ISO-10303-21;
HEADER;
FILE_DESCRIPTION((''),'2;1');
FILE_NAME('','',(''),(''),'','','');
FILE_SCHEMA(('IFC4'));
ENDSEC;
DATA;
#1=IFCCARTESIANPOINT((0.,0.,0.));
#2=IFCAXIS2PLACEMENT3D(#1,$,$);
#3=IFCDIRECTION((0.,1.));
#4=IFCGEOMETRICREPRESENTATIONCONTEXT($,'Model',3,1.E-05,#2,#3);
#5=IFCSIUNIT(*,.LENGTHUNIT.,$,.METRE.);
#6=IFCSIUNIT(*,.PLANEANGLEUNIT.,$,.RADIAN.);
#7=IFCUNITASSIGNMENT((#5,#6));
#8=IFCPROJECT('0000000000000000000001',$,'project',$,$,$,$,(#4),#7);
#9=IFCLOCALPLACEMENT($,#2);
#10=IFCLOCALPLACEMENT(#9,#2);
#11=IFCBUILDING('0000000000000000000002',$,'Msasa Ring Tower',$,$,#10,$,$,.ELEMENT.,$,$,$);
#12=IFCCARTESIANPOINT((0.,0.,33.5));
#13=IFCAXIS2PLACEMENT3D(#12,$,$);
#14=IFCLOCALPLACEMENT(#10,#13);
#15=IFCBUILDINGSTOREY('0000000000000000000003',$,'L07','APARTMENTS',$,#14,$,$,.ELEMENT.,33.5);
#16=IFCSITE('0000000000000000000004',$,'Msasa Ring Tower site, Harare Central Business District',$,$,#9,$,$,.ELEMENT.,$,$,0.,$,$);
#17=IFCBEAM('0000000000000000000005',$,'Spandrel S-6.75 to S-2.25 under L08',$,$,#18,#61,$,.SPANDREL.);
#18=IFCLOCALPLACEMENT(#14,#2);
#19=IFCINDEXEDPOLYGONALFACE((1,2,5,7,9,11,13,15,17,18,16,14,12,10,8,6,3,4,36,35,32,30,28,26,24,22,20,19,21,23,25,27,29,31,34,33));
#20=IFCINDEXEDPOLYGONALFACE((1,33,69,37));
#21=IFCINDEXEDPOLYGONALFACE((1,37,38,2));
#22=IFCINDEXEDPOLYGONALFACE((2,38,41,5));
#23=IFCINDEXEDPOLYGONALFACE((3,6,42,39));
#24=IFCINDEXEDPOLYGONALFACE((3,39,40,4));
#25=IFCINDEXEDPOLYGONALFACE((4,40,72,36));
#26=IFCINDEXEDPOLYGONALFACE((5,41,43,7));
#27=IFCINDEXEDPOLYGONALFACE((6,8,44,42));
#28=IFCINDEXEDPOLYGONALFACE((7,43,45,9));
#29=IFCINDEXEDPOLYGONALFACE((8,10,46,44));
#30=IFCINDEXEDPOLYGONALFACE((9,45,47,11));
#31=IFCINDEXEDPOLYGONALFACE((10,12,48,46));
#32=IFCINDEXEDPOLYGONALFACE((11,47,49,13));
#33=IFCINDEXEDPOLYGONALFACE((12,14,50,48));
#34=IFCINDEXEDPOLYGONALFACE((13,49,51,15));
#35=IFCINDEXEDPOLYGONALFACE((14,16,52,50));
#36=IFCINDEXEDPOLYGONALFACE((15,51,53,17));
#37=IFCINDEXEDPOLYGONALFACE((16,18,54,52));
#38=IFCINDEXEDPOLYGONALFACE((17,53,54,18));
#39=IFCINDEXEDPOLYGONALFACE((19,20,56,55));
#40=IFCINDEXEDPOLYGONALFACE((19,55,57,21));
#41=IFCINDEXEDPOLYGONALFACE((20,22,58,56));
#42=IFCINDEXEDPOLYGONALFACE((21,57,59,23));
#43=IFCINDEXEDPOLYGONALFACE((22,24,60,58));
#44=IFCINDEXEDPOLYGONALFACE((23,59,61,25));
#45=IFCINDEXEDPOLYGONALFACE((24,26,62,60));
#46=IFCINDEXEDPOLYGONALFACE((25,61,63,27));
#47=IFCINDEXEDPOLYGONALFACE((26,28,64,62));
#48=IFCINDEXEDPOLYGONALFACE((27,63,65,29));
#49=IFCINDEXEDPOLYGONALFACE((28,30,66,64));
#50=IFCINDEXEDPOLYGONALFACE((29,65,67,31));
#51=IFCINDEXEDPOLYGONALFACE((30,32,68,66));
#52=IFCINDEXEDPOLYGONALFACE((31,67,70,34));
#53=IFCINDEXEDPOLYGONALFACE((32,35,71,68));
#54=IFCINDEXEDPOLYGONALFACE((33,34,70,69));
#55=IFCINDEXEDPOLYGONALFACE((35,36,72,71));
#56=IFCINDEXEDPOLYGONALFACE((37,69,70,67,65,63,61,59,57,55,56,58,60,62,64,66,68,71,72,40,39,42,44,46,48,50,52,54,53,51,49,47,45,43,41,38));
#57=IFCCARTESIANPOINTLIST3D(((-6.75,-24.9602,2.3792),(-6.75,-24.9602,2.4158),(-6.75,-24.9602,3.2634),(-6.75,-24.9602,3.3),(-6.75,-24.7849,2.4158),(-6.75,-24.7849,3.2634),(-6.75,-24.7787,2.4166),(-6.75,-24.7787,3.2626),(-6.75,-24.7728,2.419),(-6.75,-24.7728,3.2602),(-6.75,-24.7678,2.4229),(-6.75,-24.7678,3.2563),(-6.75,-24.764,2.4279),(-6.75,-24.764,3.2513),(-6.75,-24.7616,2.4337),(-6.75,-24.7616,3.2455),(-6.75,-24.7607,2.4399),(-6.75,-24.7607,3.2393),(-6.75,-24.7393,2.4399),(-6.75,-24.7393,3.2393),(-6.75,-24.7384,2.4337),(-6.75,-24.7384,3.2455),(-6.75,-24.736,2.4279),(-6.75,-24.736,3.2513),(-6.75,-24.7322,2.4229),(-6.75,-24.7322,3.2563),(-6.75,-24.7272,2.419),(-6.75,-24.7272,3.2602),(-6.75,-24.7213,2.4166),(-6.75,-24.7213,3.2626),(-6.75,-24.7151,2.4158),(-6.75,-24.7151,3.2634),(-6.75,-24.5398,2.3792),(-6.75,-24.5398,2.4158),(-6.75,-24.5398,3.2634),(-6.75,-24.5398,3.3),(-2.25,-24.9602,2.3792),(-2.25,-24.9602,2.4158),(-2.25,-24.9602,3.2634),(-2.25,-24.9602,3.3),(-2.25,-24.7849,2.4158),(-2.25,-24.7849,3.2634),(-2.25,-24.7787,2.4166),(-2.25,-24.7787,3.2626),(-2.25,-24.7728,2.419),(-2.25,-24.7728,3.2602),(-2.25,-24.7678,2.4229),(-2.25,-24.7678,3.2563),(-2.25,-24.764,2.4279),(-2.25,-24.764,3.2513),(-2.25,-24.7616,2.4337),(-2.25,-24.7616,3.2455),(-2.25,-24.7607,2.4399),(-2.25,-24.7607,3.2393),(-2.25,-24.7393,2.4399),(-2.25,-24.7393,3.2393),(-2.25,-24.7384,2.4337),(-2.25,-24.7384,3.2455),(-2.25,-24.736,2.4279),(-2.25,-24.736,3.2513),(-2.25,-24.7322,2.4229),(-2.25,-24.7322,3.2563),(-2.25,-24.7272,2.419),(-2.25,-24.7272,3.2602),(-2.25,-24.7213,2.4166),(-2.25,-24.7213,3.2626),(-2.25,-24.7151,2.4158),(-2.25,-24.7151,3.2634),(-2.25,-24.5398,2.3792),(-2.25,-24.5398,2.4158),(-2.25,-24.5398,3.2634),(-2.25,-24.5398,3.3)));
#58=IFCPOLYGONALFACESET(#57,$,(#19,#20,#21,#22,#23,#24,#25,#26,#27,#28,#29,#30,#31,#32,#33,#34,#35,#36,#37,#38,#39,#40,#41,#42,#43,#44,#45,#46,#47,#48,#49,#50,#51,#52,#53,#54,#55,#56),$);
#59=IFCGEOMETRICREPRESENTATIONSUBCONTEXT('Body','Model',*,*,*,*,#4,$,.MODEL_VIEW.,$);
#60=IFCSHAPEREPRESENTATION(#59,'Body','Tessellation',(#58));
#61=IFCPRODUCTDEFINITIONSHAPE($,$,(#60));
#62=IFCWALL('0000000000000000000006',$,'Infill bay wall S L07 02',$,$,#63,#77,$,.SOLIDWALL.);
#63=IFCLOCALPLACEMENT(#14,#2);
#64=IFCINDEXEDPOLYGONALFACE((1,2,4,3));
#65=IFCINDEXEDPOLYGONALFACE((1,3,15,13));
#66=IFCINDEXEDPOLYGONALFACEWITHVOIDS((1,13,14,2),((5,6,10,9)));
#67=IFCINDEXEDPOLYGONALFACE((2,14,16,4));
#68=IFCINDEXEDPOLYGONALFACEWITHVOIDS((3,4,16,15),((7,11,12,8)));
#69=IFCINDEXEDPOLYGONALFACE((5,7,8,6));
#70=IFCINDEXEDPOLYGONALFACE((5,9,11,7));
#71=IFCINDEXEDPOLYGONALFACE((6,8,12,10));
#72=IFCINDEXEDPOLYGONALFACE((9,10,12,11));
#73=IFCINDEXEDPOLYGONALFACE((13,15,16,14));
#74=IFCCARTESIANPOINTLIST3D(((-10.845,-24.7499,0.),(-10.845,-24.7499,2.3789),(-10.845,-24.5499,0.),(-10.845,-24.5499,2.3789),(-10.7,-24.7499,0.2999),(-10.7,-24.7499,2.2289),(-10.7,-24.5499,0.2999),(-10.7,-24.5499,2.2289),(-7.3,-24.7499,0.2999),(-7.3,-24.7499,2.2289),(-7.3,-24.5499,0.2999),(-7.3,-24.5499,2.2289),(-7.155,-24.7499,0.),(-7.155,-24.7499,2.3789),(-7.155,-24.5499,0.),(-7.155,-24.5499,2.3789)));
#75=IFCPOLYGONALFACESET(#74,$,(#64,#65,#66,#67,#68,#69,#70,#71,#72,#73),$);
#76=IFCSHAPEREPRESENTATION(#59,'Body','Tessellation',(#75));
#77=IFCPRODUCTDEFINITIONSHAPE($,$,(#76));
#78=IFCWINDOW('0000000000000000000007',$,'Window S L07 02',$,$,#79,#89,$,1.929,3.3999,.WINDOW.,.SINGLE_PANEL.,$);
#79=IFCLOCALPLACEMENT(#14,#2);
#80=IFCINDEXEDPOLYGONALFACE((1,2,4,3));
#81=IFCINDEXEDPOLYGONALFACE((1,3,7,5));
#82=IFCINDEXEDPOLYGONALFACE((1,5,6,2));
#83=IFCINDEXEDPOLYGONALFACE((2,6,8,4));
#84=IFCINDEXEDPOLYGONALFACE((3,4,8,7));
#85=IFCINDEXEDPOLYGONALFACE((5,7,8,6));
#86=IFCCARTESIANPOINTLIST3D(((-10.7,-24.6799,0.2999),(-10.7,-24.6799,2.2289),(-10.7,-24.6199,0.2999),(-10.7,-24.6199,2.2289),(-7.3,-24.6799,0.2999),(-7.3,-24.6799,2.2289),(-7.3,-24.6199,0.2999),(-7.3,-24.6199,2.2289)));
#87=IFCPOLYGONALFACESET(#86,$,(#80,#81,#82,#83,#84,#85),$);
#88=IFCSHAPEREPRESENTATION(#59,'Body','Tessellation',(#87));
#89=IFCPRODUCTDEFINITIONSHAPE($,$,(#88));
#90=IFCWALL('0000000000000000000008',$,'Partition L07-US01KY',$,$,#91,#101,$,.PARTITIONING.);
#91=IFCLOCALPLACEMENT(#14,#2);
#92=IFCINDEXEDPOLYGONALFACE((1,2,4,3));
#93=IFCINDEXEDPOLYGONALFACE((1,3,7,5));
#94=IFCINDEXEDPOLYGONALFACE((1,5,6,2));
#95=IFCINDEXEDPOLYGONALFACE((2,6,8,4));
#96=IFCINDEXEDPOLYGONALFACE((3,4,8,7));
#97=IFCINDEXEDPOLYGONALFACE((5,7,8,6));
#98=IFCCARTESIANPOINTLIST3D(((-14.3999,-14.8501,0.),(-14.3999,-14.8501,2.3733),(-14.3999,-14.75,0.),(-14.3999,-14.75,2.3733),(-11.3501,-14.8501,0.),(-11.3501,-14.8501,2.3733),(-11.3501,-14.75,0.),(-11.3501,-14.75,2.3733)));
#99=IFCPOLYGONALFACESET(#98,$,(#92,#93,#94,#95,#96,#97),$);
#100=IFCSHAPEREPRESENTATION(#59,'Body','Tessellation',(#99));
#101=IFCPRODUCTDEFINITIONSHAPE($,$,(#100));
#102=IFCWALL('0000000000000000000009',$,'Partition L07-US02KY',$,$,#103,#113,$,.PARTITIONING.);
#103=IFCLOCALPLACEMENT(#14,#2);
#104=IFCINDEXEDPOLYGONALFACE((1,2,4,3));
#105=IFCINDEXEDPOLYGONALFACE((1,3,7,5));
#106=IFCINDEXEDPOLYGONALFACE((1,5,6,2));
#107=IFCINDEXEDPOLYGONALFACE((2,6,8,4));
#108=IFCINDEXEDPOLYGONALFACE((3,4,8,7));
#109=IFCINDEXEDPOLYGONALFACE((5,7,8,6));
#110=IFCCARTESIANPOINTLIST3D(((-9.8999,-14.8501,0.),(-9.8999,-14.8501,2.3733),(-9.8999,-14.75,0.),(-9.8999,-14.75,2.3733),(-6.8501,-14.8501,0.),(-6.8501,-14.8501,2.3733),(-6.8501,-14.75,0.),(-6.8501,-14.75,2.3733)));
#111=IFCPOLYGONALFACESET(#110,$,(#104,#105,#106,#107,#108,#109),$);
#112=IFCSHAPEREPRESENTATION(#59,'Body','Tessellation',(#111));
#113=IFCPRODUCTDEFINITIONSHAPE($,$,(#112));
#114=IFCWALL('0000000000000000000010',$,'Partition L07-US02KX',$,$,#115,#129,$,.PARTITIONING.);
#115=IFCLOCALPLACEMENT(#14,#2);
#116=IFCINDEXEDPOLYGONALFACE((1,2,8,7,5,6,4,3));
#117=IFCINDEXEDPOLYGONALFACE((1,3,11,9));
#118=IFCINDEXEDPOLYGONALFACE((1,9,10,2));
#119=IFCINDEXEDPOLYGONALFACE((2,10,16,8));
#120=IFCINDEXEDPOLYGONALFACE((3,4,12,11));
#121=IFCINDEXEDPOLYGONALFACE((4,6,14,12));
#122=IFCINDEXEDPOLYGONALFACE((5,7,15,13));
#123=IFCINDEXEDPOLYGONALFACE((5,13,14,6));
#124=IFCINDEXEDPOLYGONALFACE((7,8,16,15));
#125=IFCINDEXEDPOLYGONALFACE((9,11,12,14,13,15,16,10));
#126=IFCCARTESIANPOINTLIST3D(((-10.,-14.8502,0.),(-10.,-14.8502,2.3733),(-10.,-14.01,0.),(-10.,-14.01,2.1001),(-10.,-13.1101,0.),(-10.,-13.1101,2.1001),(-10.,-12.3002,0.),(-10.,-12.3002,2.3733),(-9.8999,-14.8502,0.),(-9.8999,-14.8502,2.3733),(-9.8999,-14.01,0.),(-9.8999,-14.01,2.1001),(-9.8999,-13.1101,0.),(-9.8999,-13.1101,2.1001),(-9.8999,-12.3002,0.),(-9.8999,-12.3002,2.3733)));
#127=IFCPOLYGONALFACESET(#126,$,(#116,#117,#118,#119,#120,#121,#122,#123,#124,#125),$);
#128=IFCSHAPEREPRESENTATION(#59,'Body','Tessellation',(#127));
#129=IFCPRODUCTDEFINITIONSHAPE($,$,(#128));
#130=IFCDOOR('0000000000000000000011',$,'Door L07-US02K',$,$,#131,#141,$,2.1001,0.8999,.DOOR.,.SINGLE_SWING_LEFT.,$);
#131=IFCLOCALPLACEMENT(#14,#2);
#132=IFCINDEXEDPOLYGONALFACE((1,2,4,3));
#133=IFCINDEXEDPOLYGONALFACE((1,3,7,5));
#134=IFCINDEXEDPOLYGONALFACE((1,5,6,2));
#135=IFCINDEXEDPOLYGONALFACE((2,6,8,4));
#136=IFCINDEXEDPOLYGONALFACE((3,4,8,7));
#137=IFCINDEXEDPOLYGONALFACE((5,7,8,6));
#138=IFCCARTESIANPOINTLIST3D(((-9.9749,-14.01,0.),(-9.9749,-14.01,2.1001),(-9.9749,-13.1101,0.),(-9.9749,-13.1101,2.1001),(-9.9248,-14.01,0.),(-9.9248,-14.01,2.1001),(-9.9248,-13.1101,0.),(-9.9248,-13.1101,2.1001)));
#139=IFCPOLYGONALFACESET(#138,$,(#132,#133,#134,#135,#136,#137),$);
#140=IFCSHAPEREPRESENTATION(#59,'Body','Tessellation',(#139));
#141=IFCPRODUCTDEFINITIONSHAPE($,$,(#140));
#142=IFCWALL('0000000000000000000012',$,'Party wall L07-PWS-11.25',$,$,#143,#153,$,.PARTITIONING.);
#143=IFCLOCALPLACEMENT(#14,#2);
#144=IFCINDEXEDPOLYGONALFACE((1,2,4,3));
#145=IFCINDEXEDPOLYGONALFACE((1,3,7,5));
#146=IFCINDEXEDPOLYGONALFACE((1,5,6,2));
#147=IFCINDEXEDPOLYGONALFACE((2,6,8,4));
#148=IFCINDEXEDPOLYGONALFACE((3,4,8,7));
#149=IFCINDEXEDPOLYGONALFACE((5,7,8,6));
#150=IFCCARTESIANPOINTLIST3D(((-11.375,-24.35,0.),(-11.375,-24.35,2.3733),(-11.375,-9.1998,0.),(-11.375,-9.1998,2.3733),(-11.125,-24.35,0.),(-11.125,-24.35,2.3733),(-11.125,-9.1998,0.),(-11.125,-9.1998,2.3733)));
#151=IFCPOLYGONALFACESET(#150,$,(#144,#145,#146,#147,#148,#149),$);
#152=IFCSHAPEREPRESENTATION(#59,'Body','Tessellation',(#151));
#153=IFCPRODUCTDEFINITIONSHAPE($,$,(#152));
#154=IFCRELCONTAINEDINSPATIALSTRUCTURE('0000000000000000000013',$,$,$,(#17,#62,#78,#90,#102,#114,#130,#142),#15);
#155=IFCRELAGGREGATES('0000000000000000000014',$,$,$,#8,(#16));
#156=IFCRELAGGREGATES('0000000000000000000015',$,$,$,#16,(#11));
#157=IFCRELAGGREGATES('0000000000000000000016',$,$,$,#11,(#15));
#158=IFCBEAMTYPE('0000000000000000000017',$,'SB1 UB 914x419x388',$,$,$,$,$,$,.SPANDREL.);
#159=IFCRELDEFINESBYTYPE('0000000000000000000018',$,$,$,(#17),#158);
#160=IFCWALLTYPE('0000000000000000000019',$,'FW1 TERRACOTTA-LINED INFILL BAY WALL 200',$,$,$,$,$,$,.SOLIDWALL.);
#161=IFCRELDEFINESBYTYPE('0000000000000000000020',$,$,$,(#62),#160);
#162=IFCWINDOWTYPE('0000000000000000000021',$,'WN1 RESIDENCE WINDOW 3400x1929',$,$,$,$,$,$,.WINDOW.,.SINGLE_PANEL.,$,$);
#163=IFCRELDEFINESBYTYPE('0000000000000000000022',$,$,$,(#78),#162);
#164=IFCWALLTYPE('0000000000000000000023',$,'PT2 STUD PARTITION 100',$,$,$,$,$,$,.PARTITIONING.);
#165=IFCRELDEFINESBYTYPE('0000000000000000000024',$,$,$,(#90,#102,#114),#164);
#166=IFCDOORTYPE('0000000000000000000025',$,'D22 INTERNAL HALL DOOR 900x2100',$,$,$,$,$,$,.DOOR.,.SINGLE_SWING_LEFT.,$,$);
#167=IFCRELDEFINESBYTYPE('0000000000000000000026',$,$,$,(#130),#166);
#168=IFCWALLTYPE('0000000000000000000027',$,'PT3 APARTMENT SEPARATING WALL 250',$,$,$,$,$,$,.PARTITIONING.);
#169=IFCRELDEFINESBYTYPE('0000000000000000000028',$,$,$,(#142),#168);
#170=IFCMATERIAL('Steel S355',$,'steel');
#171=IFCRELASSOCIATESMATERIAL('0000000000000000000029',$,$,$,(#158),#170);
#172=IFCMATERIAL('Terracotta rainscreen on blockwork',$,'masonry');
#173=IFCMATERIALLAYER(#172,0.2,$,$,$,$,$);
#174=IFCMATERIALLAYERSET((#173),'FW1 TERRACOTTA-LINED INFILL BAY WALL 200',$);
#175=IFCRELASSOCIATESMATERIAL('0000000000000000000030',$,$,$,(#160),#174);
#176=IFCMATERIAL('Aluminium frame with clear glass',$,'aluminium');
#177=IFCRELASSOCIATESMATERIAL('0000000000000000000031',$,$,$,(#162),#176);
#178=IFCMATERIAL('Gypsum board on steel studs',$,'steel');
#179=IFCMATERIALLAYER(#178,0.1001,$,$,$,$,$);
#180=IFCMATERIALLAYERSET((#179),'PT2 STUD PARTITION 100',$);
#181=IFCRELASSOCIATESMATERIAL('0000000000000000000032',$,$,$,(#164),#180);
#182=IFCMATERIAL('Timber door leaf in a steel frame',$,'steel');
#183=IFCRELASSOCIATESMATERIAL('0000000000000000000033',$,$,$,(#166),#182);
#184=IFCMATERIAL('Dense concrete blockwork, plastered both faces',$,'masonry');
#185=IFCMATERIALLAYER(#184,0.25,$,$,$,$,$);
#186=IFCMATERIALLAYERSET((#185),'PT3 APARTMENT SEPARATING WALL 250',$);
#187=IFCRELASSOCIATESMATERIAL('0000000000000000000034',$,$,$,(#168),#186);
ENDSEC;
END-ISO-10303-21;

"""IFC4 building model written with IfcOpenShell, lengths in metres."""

from ifc_helpers import new_model, si_unit, direction, frame, frame_2d, origin, origin_2d, place, context, subcontext, project, spatial, rectangle, i_section, extrude, material, layer, layer_set, material_profile, profile_set, type_object, element, fill, save


model = new_model("IFC4")

# Units and contexts
model_context = context("Model", 3, precision=1e-05, world=origin(), true_north=direction((0.0, 1.0)))
body_context = subcontext(model_context, "Body", "Model", "MODEL_VIEW")
ifc_project = project(units=[si_unit("LENGTHUNIT", "METRE"), si_unit("PLANEANGLEUNIT", "RADIAN")], contexts=[model_context])

# Site, building, storey
site_placement = place(None, origin())
site = spatial("IfcSite", under=ifc_project, at=site_placement, Name="Msasa Ring Tower site, Harare Central Business District", CompositionType="ELEMENT", RefElevation=0.0)
building_placement = place(site_placement, origin())
building = spatial("IfcBuilding", under=site, at=building_placement, Name="Msasa Ring Tower", CompositionType="ELEMENT")
storey_placement = place(building_placement, frame((0.0, 0.0, 33.5)))
storey = spatial("IfcBuildingStorey", under=building, at=storey_placement, Name="L07", Description="APARTMENTS", CompositionType="ELEMENT", Elevation=33.5)

# Beam
ifc_material_1 = material(Name="Steel S355", Category="steel")
ifc_material_profile_1 = material_profile(ifc_material_1, i_section(OverallWidth=0.4204, OverallDepth=0.9209, WebThickness=0.0215, FlangeThickness=0.0366, FilletRadius=0.0242, at=origin_2d()), Name="UB 914x419x388")
ifc_profile_set_1 = profile_set([ifc_material_profile_1], Name="Steel S355")
beam_type_1 = type_object("IfcBeamType", Name="SB1 UB 914x419x388", PredefinedType="SPANDREL", material=ifc_profile_set_1)
for number, where, z_axis, x_axis, name in (
    (1, (-6.75, -24.75, 2.8396), (1.0, 0.0, 0.0), (0.0, 1.0, 0.0), "Spandrel S-6.75 to S-2.25 under L08"),
):
    element("IfcBeam", number, at=place(storey_placement, frame(where, z_axis=z_axis, x_axis=x_axis)), inside=storey, type_object=beam_type_1, Name=name, PredefinedType="SPANDREL", context=body_context, shape_type="SweptSolid", body=[
        extrude(i_section(OverallWidth=0.4204, OverallDepth=0.9209, WebThickness=0.0215, FlangeThickness=0.0366, FilletRadius=0.0242, at=origin_2d()), origin(), (0.0, 0.0, 1.0), 4.5),
    ])

# Wall, opening, window
ifc_material_2 = material(Name="Terracotta rainscreen on blockwork", Category="masonry")
ifc_layer_1 = layer(ifc_material_2, 0.2)
ifc_layer_set_1 = layer_set([ifc_layer_1], Name="FW1 TERRACOTTA-LINED INFILL BAY WALL 200")
wall_type_1 = type_object("IfcWallType", Name="FW1 TERRACOTTA-LINED INFILL BAY WALL 200", PredefinedType="SOLIDWALL", material=ifc_layer_set_1)
wall_1_placement = place(storey_placement, frame((-10.845, -24.6499, 0.0), z_axis=(0.0, 0.0, 1.0), x_axis=(1.0, 0.0, 0.0)))
wall_1 = element("IfcWall", 2, at=wall_1_placement, inside=storey, type_object=wall_type_1, Name="Infill bay wall S L07 02", PredefinedType="SOLIDWALL", context=body_context, shape_type="SweptSolid", body=[
    extrude(rectangle(XDim=3.6899, YDim=0.2, at=frame_2d((1.845, 0.0))), origin(), (0.0, 0.0, 1.0), 2.3789),
])
opening_1_placement = place(wall_1_placement, frame((0.145, 0.0, 0.3)))
opening_1 = element("IfcOpeningElement", 3, at=opening_1_placement, cuts=wall_1, PredefinedType="OPENING", context=body_context, shape_type="SweptSolid", body=[
    extrude(rectangle(XDim=3.3999, YDim=1.929, at=frame_2d((1.7, 0.9644))), frame((0.0, 0.1099, 0.0), z_axis=(0.0, -1.0, 0.0), x_axis=(1.0, 0.0, 0.0)), (0.0, 0.0, 1.0), 0.22),
])
ifc_material_3 = material(Name="Aluminium frame with clear glass", Category="aluminium")
window_type = type_object("IfcWindowType", Name="WN1 RESIDENCE WINDOW 3400x1929", PartitioningType="SINGLE_PANEL", PredefinedType="WINDOW", material=ifc_material_3)
window_placement = place(opening_1_placement, origin())
window = element("IfcWindow", 4, at=window_placement, inside=storey, type_object=window_type, Name="Window S L07 02", OverallHeight=1.929, OverallWidth=3.3999, PartitioningType="SINGLE_PANEL", PredefinedType="WINDOW", context=body_context, shape_type="SweptSolid", body=[
    extrude(rectangle(XDim=3.3999, YDim=1.929, at=frame_2d((1.7, 0.9644))), frame((0.0, 0.03, 0.0), z_axis=(0.0, -1.0, 0.0), x_axis=(1.0, 0.0, 0.0)), (0.0, 0.0, 1.0), 0.0601),
])
fill(opening_1, window)

# Walls
ifc_material_4 = material(Name="Gypsum board on steel studs", Category="steel")
ifc_layer_2 = layer(ifc_material_4, 0.1001)
ifc_layer_set_2 = layer_set([ifc_layer_2], Name="PT2 STUD PARTITION 100")
wall_type_2 = type_object("IfcWallType", Name="PT2 STUD PARTITION 100", PredefinedType="PARTITIONING", material=ifc_layer_set_2)
for number, where, z_axis, x_axis, name in (
    (5, (-14.3999, -14.8, 0.0), (0.0, 0.0, 1.0), (1.0, 0.0, 0.0), "Partition L07-US01KY"),
    (6, (-9.8999, -14.8, 0.0), (0.0, 0.0, 1.0), (1.0, 0.0, 0.0), "Partition L07-US02KY"),
):
    element("IfcWall", number, at=place(storey_placement, frame(where, z_axis=z_axis, x_axis=x_axis)), inside=storey, type_object=wall_type_2, Name=name, PredefinedType="PARTITIONING", context=body_context, shape_type="SweptSolid", body=[
        extrude(rectangle(XDim=3.0498, YDim=0.1001, at=frame_2d((1.5249, 0.0))), origin(), (0.0, 0.0, 1.0), 2.3733),
    ])

# Wall, opening, door
wall_2_placement = place(storey_placement, frame((-9.95, -14.8501, 0.0), z_axis=(0.0, 0.0, 1.0), x_axis=(0.0, 1.0, 0.0)))
wall_2 = element("IfcWall", 7, at=wall_2_placement, inside=storey, type_object=wall_type_2, Name="Partition L07-US02KX", PredefinedType="PARTITIONING", context=body_context, shape_type="SweptSolid", body=[
    extrude(rectangle(XDim=2.55, YDim=0.1001, at=frame_2d((1.2749, 0.0))), origin(), (0.0, 0.0, 1.0), 2.3733),
])
opening_2_placement = place(wall_2_placement, frame((0.8401, 0.0, 0.0)))
opening_2 = element("IfcOpeningElement", 8, at=opening_2_placement, cuts=wall_2, PredefinedType="OPENING", context=body_context, shape_type="SweptSolid", body=[
    extrude(rectangle(XDim=0.8999, YDim=2.1001, at=frame_2d((0.45, 1.05))), frame((0.0, 0.0601, 0.0), z_axis=(0.0, -1.0, 0.0), x_axis=(1.0, 0.0, 0.0)), (0.0, 0.0, 1.0), 0.1201),
])
ifc_material_5 = material(Name="Timber door leaf in a steel frame", Category="steel")
door_type_1 = type_object("IfcDoorType", Name="D22 INTERNAL HALL DOOR 900x2100", OperationType="SINGLE_SWING_LEFT", PredefinedType="DOOR", material=ifc_material_5)
door_1_placement = place(opening_2_placement, origin())
door_1 = element("IfcDoor", 9, at=door_1_placement, inside=storey, type_object=door_type_1, Name="Door L07-US02K", OperationType="SINGLE_SWING_LEFT", OverallHeight=2.1001, OverallWidth=0.8999, PredefinedType="DOOR", context=body_context, shape_type="SweptSolid", body=[
    extrude(rectangle(XDim=0.8999, YDim=2.1001, at=frame_2d((0.45, 1.05))), frame((0.0, 0.0249, 0.0), z_axis=(0.0, -1.0, 0.0), x_axis=(1.0, 0.0, 0.0)), (0.0, 0.0, 1.0), 0.05),
])
fill(opening_2, door_1)

# Wall
ifc_material_6 = material(Name="Dense concrete blockwork, plastered both faces", Category="masonry")
ifc_layer_3 = layer(ifc_material_6, 0.25)
ifc_layer_set_3 = layer_set([ifc_layer_3], Name="PT3 APARTMENT SEPARATING WALL 250")
wall_type_3 = type_object("IfcWallType", Name="PT3 APARTMENT SEPARATING WALL 250", PredefinedType="PARTITIONING", material=ifc_layer_set_3)
wall_3_placement = place(storey_placement, frame((-11.25, -24.3501, 0.0), z_axis=(0.0, 0.0, 1.0), x_axis=(0.0, 1.0, 0.0)))
element("IfcWall", 10, at=wall_3_placement, inside=storey, type_object=wall_type_3, Name="Party wall L07-PWS-11.25", PredefinedType="PARTITIONING", context=body_context, shape_type="SweptSolid", body=[
    extrude(rectangle(XDim=15.1501, YDim=0.25, at=frame_2d((7.5752, 0.0))), origin(), (0.0, 0.0, 1.0), 2.3733),
])

save(model, "model.ifc")
